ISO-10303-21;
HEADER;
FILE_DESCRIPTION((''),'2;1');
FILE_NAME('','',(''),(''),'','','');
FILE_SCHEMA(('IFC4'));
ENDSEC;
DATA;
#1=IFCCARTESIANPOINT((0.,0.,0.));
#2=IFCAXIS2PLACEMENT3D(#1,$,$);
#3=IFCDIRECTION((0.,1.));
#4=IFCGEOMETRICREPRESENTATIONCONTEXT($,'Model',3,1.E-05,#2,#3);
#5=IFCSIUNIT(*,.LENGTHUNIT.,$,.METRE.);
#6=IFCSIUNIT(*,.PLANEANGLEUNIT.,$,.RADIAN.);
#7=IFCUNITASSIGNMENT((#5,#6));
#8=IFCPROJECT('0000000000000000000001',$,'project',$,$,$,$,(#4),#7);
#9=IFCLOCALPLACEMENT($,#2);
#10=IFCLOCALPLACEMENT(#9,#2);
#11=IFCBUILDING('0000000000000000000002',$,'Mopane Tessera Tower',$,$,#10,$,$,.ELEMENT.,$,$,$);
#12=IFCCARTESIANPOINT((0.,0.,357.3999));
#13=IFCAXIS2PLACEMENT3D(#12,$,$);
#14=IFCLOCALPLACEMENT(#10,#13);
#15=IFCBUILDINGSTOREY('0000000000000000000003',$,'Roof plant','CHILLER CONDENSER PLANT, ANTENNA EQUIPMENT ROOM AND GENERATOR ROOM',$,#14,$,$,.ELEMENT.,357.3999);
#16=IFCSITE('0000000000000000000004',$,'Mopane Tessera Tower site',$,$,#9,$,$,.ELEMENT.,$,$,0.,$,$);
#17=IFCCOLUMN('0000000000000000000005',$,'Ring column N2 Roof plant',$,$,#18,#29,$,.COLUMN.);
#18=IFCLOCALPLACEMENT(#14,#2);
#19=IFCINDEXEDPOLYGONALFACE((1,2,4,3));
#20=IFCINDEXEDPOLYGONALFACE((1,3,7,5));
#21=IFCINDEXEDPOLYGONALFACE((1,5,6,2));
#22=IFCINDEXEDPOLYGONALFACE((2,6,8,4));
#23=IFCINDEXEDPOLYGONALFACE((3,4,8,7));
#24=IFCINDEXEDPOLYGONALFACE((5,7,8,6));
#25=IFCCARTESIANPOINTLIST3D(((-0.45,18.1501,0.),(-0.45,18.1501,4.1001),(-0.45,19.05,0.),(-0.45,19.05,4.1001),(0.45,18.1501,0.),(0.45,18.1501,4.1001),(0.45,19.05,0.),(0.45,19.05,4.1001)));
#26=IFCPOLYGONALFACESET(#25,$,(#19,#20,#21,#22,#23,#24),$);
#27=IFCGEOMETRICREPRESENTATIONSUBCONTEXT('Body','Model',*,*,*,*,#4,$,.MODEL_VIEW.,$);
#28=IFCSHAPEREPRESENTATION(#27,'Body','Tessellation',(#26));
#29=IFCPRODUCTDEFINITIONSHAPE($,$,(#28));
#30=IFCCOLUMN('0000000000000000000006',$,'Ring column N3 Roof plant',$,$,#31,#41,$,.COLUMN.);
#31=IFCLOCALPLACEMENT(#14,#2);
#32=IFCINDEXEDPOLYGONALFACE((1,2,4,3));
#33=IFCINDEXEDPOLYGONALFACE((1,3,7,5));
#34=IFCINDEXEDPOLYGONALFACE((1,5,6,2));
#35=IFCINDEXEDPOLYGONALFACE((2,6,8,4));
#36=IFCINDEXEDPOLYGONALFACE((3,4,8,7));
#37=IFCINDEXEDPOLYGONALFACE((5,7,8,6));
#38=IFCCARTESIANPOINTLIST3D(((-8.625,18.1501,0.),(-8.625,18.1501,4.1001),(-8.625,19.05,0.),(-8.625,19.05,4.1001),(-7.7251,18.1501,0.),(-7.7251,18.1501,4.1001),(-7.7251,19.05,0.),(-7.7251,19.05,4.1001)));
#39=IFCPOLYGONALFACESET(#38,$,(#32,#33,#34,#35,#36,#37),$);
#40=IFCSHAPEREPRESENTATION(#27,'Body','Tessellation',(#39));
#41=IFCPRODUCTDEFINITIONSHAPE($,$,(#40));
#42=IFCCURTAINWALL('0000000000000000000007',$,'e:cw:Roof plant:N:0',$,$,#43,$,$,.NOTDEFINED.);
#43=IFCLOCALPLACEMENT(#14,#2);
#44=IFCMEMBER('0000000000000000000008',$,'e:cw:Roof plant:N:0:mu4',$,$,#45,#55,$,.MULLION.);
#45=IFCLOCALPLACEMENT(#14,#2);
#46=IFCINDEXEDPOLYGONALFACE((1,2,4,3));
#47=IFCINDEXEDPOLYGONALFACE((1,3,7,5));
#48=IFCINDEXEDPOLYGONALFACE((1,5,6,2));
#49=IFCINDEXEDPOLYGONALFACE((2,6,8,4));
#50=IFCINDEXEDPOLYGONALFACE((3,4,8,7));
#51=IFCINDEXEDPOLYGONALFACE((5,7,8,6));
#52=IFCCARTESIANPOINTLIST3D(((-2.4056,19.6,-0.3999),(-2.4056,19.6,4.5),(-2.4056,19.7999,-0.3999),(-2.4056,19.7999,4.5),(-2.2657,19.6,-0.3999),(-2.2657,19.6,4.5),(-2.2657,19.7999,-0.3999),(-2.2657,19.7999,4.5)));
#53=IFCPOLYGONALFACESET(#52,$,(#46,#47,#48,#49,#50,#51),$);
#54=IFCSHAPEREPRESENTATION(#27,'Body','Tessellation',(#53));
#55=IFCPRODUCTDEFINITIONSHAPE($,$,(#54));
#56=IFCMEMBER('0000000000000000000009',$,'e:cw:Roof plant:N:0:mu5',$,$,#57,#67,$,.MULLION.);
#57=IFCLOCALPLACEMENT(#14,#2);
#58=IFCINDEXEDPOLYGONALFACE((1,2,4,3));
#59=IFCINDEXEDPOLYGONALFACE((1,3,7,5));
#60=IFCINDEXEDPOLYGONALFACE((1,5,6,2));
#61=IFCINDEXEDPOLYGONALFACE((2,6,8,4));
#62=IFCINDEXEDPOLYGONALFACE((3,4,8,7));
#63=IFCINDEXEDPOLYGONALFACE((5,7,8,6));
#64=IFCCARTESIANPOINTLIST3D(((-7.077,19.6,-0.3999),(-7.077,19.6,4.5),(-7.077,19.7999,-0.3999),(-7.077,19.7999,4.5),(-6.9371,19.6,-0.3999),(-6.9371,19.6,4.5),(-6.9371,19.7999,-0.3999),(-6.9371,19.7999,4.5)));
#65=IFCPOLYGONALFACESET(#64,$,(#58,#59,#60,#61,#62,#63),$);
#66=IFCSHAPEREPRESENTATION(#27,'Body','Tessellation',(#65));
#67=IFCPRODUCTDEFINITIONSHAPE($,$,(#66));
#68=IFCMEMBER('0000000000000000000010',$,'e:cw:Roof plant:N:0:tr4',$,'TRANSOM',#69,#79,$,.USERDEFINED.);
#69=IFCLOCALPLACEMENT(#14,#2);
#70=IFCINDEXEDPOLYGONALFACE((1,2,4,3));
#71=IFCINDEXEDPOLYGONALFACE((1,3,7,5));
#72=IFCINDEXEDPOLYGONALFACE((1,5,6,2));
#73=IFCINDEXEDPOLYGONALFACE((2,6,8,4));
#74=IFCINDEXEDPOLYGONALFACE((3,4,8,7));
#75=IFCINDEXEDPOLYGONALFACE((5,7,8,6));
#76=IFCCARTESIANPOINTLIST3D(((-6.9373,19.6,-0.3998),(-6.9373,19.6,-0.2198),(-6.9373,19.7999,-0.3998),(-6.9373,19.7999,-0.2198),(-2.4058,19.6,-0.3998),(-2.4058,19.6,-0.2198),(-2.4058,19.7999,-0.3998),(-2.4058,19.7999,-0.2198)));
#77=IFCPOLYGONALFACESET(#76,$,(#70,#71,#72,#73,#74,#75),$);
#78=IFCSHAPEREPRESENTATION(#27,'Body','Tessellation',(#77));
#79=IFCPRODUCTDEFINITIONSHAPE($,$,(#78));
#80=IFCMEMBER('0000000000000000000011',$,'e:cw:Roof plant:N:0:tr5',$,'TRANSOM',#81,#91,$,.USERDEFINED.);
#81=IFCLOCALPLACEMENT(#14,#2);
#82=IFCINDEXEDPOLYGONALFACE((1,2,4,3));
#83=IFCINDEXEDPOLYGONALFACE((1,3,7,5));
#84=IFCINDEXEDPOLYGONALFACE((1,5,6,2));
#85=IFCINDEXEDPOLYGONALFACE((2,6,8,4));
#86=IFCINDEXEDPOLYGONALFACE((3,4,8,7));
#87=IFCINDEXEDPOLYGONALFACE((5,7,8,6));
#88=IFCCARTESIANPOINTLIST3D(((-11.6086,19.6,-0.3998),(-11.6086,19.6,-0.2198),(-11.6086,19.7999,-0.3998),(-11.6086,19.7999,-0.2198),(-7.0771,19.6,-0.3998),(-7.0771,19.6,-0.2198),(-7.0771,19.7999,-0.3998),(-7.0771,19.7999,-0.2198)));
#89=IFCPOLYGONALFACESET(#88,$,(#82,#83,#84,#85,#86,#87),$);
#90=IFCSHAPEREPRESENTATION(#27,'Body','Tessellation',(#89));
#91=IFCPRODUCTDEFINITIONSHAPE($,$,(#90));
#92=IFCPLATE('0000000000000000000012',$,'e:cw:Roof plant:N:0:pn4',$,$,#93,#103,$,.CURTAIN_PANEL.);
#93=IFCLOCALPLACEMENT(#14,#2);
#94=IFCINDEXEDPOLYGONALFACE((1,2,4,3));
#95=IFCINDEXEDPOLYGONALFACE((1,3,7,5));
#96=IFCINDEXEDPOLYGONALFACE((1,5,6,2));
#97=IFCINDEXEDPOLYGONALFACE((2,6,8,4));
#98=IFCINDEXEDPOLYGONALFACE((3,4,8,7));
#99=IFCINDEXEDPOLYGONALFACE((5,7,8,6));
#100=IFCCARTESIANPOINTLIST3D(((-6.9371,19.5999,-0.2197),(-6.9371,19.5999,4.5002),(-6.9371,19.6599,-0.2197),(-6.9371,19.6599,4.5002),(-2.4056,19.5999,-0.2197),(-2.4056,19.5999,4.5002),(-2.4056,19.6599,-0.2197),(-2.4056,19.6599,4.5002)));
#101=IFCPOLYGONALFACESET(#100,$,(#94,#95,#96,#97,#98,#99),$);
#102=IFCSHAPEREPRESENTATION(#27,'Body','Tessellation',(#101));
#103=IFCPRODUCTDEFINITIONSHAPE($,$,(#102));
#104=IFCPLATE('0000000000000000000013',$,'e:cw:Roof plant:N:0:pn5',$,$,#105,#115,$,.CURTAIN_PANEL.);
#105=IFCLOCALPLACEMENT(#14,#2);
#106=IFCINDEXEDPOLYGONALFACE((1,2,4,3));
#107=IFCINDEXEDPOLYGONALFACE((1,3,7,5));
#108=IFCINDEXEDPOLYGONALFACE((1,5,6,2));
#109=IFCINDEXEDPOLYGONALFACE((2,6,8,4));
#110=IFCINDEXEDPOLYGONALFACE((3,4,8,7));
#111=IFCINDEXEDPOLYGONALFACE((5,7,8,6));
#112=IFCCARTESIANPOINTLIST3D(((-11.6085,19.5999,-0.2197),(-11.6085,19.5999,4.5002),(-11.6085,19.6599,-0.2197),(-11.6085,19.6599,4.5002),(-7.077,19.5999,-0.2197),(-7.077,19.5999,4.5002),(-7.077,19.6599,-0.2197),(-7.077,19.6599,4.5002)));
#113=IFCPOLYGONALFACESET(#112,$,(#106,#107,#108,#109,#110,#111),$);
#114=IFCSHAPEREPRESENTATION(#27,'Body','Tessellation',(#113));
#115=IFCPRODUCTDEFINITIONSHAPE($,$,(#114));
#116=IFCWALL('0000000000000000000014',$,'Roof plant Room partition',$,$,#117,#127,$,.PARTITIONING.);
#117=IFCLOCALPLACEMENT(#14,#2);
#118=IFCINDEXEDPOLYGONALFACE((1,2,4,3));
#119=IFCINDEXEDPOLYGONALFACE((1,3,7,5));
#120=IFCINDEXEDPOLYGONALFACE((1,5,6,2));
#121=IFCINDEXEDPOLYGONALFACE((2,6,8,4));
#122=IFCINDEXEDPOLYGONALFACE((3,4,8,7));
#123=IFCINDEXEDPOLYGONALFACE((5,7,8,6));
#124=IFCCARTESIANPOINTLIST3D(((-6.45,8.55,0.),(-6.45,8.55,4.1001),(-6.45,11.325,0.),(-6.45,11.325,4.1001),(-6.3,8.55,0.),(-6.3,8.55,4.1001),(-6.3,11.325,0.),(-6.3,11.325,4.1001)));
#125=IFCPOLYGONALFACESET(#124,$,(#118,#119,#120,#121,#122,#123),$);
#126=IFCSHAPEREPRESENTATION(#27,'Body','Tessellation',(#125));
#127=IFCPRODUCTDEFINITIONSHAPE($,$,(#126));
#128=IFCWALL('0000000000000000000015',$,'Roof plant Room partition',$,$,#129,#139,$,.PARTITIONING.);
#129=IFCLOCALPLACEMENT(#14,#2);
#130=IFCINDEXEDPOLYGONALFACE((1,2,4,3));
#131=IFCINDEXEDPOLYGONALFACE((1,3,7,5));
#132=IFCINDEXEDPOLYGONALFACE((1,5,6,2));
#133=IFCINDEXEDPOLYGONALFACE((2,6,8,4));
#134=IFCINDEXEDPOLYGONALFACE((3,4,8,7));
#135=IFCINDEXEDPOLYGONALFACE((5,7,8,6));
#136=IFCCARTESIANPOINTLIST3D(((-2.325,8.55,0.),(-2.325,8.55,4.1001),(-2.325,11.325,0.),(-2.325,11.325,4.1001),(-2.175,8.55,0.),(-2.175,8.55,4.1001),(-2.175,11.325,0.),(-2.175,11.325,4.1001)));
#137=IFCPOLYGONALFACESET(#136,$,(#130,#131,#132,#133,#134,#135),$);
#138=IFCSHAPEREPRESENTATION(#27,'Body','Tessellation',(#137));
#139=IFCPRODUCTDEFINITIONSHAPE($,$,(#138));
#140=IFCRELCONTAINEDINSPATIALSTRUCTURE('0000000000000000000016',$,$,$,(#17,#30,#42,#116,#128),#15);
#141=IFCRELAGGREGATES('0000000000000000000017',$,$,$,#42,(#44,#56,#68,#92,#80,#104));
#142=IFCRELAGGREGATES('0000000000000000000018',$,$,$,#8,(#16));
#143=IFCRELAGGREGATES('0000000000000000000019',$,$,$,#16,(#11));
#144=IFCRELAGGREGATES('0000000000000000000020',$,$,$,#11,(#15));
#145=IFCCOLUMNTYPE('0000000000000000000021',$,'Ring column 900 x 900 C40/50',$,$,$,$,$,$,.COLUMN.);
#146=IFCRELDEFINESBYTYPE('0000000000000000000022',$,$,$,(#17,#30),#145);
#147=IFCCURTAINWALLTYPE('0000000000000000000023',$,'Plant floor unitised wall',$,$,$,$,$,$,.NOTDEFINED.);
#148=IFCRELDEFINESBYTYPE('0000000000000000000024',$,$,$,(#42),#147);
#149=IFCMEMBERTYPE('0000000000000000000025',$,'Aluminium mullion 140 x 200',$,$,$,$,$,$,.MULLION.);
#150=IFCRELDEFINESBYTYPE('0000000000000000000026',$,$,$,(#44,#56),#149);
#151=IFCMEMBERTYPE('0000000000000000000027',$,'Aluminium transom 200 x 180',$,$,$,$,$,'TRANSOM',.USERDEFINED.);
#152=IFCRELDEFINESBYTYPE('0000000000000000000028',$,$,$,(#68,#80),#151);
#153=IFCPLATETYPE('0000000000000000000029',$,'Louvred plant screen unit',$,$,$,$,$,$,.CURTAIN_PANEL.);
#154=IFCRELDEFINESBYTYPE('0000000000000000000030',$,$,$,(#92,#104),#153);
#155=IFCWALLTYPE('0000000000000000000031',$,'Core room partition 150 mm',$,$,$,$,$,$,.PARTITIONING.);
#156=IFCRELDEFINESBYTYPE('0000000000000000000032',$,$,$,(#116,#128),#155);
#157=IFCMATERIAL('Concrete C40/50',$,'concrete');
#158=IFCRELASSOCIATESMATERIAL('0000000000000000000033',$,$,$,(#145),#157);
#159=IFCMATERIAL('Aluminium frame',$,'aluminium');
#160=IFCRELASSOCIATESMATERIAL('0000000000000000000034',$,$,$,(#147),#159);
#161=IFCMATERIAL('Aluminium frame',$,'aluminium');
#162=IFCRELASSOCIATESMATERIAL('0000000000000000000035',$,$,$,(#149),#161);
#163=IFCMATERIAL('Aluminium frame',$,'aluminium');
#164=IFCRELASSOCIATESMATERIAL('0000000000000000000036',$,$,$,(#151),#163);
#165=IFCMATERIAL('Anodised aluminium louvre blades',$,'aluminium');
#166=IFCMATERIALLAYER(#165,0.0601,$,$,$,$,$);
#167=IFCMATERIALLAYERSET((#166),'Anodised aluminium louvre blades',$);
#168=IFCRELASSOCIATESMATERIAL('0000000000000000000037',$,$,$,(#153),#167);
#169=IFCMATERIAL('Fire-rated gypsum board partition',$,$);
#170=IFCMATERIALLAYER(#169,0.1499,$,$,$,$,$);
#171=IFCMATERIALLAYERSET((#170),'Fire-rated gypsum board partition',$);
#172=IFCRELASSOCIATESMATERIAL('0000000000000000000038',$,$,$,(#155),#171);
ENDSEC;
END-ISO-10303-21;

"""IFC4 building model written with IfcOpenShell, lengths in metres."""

from ifc_helpers import new_model, si_unit, direction, frame, frame_2d, origin, origin_2d, place, context, subcontext, project, spatial, rectangle, extrude, material, layer, layer_set, material_profile, profile_set, type_object, element, aggregate, save


model = new_model("IFC4")

# Units and contexts
model_context = context("Model", 3, precision=1e-05, world=origin(), true_north=direction((0.0, 1.0)))
body_context = subcontext(model_context, "Body", "Model", "MODEL_VIEW")
ifc_project = project(units=[si_unit("LENGTHUNIT", "METRE"), si_unit("PLANEANGLEUNIT", "RADIAN")], contexts=[model_context])

# Site, building, storey
site_placement = place(None, origin())
site = spatial("IfcSite", under=ifc_project, at=site_placement, Name="Mopane Tessera Tower site", CompositionType="ELEMENT", RefElevation=0.0)
building_placement = place(site_placement, origin())
building = spatial("IfcBuilding", under=site, at=building_placement, Name="Mopane Tessera Tower", CompositionType="ELEMENT")
storey_placement = place(building_placement, frame((0.0, 0.0, 357.3999)))
storey = spatial("IfcBuildingStorey", under=building, at=storey_placement, Name="Roof plant", Description="CHILLER CONDENSER PLANT, ANTENNA EQUIPMENT ROOM AND GENERATOR ROOM", CompositionType="ELEMENT", Elevation=357.3999)

# Columns
ifc_material_1 = material(Name="Concrete C40/50", Category="concrete")
ifc_material_profile_1 = material_profile(ifc_material_1, rectangle(XDim=0.8999, YDim=0.8999, at=origin_2d()))
ifc_profile_set_1 = profile_set([ifc_material_profile_1], Name="Concrete C40/50")
column_type = type_object("IfcColumnType", Name="Ring column 900 x 900 C40/50", PredefinedType="COLUMN", material=ifc_profile_set_1)
for number, where, z_axis, x_axis, name in (
    (1, (0.0, 18.6001, 0.0), (0.0, 0.0, 1.0), (1.0, 0.0, 0.0), "Ring column N2 Roof plant"),
    (2, (-8.175, 18.6001, 0.0), (0.0, 0.0, 1.0), (1.0, 0.0, 0.0), "Ring column N3 Roof plant"),
):
    element("IfcColumn", number, at=place(storey_placement, frame(where, z_axis=z_axis, x_axis=x_axis)), inside=storey, type_object=column_type, Name=name, PredefinedType="COLUMN", context=body_context, shape_type="SweptSolid", body=[
        extrude(rectangle(XDim=0.8999, YDim=0.8999, at=origin_2d()), origin(), (0.0, 0.0, 1.0), 4.1001),
    ])

# Curtain wall, members, plates
ifc_material_2 = material(Name="Aluminium frame", Category="aluminium")
curtain_wall_type = type_object("IfcCurtainWallType", Name="Plant floor unitised wall", PredefinedType="NOTDEFINED", material=ifc_material_2)
curtain_wall_placement = place(storey_placement, origin())
curtain_wall = element("IfcCurtainWall", 3, at=curtain_wall_placement, inside=storey, type_object=curtain_wall_type, Name="e:cw:Roof plant:N:0", PredefinedType="NOTDEFINED")
ifc_material_3 = material(Name="Aluminium frame", Category="aluminium")
ifc_material_profile_2 = material_profile(ifc_material_3, rectangle(XDim=0.1399, YDim=0.2, at=origin_2d()))
ifc_profile_set_2 = profile_set([ifc_material_profile_2], Name="Aluminium frame")
member_type_1 = type_object("IfcMemberType", Name="Aluminium mullion 140 x 200", PredefinedType="MULLION", material=ifc_profile_set_2)
member_1_placement = place(storey_placement, frame((-2.3357, 19.7, -0.3999), z_axis=(0.0, 0.0, 1.0), x_axis=(-1.0, 0.0, 0.0)))
member_1 = element("IfcMember", 4, at=member_1_placement, type_object=member_type_1, Name="e:cw:Roof plant:N:0:mu4", PredefinedType="MULLION", context=body_context, shape_type="SweptSolid", body=[
    extrude(rectangle(XDim=0.1399, YDim=0.2, at=origin_2d()), origin(), (0.0, 0.0, 1.0), 4.8999),
])
member_2_placement = place(storey_placement, frame((-7.0071, 19.7, -0.3999), z_axis=(0.0, 0.0, 1.0), x_axis=(-1.0, 0.0, 0.0)))
member_2 = element("IfcMember", 5, at=member_2_placement, type_object=member_type_1, Name="e:cw:Roof plant:N:0:mu5", PredefinedType="MULLION", context=body_context, shape_type="SweptSolid", body=[
    extrude(rectangle(XDim=0.1399, YDim=0.2, at=origin_2d()), origin(), (0.0, 0.0, 1.0), 4.8999),
])
ifc_material_4 = material(Name="Aluminium frame", Category="aluminium")
ifc_material_profile_3 = material_profile(ifc_material_4, rectangle(XDim=0.2, YDim=0.1799, at=origin_2d()))
ifc_profile_set_3 = profile_set([ifc_material_profile_3], Name="Aluminium frame")
member_type_2 = type_object("IfcMemberType", Name="Aluminium transom 200 x 180", ElementType="TRANSOM", PredefinedType="USERDEFINED", material=ifc_profile_set_3)
member_3_placement = place(storey_placement, frame((-2.4058, 19.7, -0.3098), z_axis=(-1.0, 0.0, 0.0), x_axis=(0.0, -1.0, 0.0)))
member_3 = element("IfcMember", 6, at=member_3_placement, type_object=member_type_2, Name="e:cw:Roof plant:N:0:tr4", ObjectType="TRANSOM", PredefinedType="USERDEFINED", context=body_context, shape_type="SweptSolid", body=[
    extrude(rectangle(XDim=0.2, YDim=0.1799, at=origin_2d()), origin(), (0.0, 0.0, 1.0), 4.5315),
])
member_4_placement = place(storey_placement, frame((-7.0771, 19.7, -0.3098), z_axis=(-1.0, 0.0, 0.0), x_axis=(0.0, -1.0, 0.0)))
member_4 = element("IfcMember", 7, at=member_4_placement, type_object=member_type_2, Name="e:cw:Roof plant:N:0:tr5", ObjectType="TRANSOM", PredefinedType="USERDEFINED", context=body_context, shape_type="SweptSolid", body=[
    extrude(rectangle(XDim=0.2, YDim=0.1799, at=origin_2d()), origin(), (0.0, 0.0, 1.0), 4.5315),
])
ifc_material_5 = material(Name="Anodised aluminium louvre blades", Category="aluminium")
ifc_layer_1 = layer(ifc_material_5, 0.0601)
ifc_layer_set_1 = layer_set([ifc_layer_1], Name="Anodised aluminium louvre blades")
plate_type = type_object("IfcPlateType", Name="Louvred plant screen unit", PredefinedType="CURTAIN_PANEL", material=ifc_layer_set_1)
plate_1_placement = place(storey_placement, frame((-4.6714, 19.6299, -0.2197), z_axis=(0.0, 0.0, 1.0), x_axis=(-1.0, 0.0, 0.0)))
plate_1 = element("IfcPlate", 8, at=plate_1_placement, type_object=plate_type, Name="e:cw:Roof plant:N:0:pn4", PredefinedType="CURTAIN_PANEL", context=body_context, shape_type="SweptSolid", body=[
    extrude(rectangle(XDim=4.5315, YDim=0.0601, at=origin_2d()), origin(), (0.0, 0.0, 1.0), 4.72),
])
plate_2_placement = place(storey_placement, frame((-9.3428, 19.6299, -0.2197), z_axis=(0.0, 0.0, 1.0), x_axis=(-1.0, 0.0, 0.0)))
plate_2 = element("IfcPlate", 9, at=plate_2_placement, type_object=plate_type, Name="e:cw:Roof plant:N:0:pn5", PredefinedType="CURTAIN_PANEL", context=body_context, shape_type="SweptSolid", body=[
    extrude(rectangle(XDim=4.5315, YDim=0.0601, at=origin_2d()), origin(), (0.0, 0.0, 1.0), 4.72),
])
aggregate(curtain_wall, [member_1, member_2, member_3, plate_1, member_4, plate_2])

# Walls
ifc_material_6 = material(Name="Fire-rated gypsum board partition")
ifc_layer_2 = layer(ifc_material_6, 0.1499)
ifc_layer_set_2 = layer_set([ifc_layer_2], Name="Fire-rated gypsum board partition")
wall_type_1 = type_object("IfcWallType", Name="Core room partition 150 mm", PredefinedType="PARTITIONING", material=ifc_layer_set_2)
for number, where, z_axis, x_axis, name in (
    (10, (-6.375, 8.55, 0.0), (0.0, 0.0, 1.0), (0.0, 1.0, 0.0), "Roof plant Room partition"),
    (11, (-2.25, 8.55, 0.0), (0.0, 0.0, 1.0), (0.0, 1.0, 0.0), "Roof plant Room partition"),
):
    element("IfcWall", number, at=place(storey_placement, frame(where, z_axis=z_axis, x_axis=x_axis)), inside=storey, type_object=wall_type_1, Name=name, PredefinedType="PARTITIONING", context=body_context, shape_type="SweptSolid", body=[
        extrude(rectangle(XDim=2.7749, YDim=0.1499, at=frame_2d((1.3875, 0.0))), origin(), (0.0, 0.0, 1.0), 4.1001),
    ])

save(model, "model.ifc")
